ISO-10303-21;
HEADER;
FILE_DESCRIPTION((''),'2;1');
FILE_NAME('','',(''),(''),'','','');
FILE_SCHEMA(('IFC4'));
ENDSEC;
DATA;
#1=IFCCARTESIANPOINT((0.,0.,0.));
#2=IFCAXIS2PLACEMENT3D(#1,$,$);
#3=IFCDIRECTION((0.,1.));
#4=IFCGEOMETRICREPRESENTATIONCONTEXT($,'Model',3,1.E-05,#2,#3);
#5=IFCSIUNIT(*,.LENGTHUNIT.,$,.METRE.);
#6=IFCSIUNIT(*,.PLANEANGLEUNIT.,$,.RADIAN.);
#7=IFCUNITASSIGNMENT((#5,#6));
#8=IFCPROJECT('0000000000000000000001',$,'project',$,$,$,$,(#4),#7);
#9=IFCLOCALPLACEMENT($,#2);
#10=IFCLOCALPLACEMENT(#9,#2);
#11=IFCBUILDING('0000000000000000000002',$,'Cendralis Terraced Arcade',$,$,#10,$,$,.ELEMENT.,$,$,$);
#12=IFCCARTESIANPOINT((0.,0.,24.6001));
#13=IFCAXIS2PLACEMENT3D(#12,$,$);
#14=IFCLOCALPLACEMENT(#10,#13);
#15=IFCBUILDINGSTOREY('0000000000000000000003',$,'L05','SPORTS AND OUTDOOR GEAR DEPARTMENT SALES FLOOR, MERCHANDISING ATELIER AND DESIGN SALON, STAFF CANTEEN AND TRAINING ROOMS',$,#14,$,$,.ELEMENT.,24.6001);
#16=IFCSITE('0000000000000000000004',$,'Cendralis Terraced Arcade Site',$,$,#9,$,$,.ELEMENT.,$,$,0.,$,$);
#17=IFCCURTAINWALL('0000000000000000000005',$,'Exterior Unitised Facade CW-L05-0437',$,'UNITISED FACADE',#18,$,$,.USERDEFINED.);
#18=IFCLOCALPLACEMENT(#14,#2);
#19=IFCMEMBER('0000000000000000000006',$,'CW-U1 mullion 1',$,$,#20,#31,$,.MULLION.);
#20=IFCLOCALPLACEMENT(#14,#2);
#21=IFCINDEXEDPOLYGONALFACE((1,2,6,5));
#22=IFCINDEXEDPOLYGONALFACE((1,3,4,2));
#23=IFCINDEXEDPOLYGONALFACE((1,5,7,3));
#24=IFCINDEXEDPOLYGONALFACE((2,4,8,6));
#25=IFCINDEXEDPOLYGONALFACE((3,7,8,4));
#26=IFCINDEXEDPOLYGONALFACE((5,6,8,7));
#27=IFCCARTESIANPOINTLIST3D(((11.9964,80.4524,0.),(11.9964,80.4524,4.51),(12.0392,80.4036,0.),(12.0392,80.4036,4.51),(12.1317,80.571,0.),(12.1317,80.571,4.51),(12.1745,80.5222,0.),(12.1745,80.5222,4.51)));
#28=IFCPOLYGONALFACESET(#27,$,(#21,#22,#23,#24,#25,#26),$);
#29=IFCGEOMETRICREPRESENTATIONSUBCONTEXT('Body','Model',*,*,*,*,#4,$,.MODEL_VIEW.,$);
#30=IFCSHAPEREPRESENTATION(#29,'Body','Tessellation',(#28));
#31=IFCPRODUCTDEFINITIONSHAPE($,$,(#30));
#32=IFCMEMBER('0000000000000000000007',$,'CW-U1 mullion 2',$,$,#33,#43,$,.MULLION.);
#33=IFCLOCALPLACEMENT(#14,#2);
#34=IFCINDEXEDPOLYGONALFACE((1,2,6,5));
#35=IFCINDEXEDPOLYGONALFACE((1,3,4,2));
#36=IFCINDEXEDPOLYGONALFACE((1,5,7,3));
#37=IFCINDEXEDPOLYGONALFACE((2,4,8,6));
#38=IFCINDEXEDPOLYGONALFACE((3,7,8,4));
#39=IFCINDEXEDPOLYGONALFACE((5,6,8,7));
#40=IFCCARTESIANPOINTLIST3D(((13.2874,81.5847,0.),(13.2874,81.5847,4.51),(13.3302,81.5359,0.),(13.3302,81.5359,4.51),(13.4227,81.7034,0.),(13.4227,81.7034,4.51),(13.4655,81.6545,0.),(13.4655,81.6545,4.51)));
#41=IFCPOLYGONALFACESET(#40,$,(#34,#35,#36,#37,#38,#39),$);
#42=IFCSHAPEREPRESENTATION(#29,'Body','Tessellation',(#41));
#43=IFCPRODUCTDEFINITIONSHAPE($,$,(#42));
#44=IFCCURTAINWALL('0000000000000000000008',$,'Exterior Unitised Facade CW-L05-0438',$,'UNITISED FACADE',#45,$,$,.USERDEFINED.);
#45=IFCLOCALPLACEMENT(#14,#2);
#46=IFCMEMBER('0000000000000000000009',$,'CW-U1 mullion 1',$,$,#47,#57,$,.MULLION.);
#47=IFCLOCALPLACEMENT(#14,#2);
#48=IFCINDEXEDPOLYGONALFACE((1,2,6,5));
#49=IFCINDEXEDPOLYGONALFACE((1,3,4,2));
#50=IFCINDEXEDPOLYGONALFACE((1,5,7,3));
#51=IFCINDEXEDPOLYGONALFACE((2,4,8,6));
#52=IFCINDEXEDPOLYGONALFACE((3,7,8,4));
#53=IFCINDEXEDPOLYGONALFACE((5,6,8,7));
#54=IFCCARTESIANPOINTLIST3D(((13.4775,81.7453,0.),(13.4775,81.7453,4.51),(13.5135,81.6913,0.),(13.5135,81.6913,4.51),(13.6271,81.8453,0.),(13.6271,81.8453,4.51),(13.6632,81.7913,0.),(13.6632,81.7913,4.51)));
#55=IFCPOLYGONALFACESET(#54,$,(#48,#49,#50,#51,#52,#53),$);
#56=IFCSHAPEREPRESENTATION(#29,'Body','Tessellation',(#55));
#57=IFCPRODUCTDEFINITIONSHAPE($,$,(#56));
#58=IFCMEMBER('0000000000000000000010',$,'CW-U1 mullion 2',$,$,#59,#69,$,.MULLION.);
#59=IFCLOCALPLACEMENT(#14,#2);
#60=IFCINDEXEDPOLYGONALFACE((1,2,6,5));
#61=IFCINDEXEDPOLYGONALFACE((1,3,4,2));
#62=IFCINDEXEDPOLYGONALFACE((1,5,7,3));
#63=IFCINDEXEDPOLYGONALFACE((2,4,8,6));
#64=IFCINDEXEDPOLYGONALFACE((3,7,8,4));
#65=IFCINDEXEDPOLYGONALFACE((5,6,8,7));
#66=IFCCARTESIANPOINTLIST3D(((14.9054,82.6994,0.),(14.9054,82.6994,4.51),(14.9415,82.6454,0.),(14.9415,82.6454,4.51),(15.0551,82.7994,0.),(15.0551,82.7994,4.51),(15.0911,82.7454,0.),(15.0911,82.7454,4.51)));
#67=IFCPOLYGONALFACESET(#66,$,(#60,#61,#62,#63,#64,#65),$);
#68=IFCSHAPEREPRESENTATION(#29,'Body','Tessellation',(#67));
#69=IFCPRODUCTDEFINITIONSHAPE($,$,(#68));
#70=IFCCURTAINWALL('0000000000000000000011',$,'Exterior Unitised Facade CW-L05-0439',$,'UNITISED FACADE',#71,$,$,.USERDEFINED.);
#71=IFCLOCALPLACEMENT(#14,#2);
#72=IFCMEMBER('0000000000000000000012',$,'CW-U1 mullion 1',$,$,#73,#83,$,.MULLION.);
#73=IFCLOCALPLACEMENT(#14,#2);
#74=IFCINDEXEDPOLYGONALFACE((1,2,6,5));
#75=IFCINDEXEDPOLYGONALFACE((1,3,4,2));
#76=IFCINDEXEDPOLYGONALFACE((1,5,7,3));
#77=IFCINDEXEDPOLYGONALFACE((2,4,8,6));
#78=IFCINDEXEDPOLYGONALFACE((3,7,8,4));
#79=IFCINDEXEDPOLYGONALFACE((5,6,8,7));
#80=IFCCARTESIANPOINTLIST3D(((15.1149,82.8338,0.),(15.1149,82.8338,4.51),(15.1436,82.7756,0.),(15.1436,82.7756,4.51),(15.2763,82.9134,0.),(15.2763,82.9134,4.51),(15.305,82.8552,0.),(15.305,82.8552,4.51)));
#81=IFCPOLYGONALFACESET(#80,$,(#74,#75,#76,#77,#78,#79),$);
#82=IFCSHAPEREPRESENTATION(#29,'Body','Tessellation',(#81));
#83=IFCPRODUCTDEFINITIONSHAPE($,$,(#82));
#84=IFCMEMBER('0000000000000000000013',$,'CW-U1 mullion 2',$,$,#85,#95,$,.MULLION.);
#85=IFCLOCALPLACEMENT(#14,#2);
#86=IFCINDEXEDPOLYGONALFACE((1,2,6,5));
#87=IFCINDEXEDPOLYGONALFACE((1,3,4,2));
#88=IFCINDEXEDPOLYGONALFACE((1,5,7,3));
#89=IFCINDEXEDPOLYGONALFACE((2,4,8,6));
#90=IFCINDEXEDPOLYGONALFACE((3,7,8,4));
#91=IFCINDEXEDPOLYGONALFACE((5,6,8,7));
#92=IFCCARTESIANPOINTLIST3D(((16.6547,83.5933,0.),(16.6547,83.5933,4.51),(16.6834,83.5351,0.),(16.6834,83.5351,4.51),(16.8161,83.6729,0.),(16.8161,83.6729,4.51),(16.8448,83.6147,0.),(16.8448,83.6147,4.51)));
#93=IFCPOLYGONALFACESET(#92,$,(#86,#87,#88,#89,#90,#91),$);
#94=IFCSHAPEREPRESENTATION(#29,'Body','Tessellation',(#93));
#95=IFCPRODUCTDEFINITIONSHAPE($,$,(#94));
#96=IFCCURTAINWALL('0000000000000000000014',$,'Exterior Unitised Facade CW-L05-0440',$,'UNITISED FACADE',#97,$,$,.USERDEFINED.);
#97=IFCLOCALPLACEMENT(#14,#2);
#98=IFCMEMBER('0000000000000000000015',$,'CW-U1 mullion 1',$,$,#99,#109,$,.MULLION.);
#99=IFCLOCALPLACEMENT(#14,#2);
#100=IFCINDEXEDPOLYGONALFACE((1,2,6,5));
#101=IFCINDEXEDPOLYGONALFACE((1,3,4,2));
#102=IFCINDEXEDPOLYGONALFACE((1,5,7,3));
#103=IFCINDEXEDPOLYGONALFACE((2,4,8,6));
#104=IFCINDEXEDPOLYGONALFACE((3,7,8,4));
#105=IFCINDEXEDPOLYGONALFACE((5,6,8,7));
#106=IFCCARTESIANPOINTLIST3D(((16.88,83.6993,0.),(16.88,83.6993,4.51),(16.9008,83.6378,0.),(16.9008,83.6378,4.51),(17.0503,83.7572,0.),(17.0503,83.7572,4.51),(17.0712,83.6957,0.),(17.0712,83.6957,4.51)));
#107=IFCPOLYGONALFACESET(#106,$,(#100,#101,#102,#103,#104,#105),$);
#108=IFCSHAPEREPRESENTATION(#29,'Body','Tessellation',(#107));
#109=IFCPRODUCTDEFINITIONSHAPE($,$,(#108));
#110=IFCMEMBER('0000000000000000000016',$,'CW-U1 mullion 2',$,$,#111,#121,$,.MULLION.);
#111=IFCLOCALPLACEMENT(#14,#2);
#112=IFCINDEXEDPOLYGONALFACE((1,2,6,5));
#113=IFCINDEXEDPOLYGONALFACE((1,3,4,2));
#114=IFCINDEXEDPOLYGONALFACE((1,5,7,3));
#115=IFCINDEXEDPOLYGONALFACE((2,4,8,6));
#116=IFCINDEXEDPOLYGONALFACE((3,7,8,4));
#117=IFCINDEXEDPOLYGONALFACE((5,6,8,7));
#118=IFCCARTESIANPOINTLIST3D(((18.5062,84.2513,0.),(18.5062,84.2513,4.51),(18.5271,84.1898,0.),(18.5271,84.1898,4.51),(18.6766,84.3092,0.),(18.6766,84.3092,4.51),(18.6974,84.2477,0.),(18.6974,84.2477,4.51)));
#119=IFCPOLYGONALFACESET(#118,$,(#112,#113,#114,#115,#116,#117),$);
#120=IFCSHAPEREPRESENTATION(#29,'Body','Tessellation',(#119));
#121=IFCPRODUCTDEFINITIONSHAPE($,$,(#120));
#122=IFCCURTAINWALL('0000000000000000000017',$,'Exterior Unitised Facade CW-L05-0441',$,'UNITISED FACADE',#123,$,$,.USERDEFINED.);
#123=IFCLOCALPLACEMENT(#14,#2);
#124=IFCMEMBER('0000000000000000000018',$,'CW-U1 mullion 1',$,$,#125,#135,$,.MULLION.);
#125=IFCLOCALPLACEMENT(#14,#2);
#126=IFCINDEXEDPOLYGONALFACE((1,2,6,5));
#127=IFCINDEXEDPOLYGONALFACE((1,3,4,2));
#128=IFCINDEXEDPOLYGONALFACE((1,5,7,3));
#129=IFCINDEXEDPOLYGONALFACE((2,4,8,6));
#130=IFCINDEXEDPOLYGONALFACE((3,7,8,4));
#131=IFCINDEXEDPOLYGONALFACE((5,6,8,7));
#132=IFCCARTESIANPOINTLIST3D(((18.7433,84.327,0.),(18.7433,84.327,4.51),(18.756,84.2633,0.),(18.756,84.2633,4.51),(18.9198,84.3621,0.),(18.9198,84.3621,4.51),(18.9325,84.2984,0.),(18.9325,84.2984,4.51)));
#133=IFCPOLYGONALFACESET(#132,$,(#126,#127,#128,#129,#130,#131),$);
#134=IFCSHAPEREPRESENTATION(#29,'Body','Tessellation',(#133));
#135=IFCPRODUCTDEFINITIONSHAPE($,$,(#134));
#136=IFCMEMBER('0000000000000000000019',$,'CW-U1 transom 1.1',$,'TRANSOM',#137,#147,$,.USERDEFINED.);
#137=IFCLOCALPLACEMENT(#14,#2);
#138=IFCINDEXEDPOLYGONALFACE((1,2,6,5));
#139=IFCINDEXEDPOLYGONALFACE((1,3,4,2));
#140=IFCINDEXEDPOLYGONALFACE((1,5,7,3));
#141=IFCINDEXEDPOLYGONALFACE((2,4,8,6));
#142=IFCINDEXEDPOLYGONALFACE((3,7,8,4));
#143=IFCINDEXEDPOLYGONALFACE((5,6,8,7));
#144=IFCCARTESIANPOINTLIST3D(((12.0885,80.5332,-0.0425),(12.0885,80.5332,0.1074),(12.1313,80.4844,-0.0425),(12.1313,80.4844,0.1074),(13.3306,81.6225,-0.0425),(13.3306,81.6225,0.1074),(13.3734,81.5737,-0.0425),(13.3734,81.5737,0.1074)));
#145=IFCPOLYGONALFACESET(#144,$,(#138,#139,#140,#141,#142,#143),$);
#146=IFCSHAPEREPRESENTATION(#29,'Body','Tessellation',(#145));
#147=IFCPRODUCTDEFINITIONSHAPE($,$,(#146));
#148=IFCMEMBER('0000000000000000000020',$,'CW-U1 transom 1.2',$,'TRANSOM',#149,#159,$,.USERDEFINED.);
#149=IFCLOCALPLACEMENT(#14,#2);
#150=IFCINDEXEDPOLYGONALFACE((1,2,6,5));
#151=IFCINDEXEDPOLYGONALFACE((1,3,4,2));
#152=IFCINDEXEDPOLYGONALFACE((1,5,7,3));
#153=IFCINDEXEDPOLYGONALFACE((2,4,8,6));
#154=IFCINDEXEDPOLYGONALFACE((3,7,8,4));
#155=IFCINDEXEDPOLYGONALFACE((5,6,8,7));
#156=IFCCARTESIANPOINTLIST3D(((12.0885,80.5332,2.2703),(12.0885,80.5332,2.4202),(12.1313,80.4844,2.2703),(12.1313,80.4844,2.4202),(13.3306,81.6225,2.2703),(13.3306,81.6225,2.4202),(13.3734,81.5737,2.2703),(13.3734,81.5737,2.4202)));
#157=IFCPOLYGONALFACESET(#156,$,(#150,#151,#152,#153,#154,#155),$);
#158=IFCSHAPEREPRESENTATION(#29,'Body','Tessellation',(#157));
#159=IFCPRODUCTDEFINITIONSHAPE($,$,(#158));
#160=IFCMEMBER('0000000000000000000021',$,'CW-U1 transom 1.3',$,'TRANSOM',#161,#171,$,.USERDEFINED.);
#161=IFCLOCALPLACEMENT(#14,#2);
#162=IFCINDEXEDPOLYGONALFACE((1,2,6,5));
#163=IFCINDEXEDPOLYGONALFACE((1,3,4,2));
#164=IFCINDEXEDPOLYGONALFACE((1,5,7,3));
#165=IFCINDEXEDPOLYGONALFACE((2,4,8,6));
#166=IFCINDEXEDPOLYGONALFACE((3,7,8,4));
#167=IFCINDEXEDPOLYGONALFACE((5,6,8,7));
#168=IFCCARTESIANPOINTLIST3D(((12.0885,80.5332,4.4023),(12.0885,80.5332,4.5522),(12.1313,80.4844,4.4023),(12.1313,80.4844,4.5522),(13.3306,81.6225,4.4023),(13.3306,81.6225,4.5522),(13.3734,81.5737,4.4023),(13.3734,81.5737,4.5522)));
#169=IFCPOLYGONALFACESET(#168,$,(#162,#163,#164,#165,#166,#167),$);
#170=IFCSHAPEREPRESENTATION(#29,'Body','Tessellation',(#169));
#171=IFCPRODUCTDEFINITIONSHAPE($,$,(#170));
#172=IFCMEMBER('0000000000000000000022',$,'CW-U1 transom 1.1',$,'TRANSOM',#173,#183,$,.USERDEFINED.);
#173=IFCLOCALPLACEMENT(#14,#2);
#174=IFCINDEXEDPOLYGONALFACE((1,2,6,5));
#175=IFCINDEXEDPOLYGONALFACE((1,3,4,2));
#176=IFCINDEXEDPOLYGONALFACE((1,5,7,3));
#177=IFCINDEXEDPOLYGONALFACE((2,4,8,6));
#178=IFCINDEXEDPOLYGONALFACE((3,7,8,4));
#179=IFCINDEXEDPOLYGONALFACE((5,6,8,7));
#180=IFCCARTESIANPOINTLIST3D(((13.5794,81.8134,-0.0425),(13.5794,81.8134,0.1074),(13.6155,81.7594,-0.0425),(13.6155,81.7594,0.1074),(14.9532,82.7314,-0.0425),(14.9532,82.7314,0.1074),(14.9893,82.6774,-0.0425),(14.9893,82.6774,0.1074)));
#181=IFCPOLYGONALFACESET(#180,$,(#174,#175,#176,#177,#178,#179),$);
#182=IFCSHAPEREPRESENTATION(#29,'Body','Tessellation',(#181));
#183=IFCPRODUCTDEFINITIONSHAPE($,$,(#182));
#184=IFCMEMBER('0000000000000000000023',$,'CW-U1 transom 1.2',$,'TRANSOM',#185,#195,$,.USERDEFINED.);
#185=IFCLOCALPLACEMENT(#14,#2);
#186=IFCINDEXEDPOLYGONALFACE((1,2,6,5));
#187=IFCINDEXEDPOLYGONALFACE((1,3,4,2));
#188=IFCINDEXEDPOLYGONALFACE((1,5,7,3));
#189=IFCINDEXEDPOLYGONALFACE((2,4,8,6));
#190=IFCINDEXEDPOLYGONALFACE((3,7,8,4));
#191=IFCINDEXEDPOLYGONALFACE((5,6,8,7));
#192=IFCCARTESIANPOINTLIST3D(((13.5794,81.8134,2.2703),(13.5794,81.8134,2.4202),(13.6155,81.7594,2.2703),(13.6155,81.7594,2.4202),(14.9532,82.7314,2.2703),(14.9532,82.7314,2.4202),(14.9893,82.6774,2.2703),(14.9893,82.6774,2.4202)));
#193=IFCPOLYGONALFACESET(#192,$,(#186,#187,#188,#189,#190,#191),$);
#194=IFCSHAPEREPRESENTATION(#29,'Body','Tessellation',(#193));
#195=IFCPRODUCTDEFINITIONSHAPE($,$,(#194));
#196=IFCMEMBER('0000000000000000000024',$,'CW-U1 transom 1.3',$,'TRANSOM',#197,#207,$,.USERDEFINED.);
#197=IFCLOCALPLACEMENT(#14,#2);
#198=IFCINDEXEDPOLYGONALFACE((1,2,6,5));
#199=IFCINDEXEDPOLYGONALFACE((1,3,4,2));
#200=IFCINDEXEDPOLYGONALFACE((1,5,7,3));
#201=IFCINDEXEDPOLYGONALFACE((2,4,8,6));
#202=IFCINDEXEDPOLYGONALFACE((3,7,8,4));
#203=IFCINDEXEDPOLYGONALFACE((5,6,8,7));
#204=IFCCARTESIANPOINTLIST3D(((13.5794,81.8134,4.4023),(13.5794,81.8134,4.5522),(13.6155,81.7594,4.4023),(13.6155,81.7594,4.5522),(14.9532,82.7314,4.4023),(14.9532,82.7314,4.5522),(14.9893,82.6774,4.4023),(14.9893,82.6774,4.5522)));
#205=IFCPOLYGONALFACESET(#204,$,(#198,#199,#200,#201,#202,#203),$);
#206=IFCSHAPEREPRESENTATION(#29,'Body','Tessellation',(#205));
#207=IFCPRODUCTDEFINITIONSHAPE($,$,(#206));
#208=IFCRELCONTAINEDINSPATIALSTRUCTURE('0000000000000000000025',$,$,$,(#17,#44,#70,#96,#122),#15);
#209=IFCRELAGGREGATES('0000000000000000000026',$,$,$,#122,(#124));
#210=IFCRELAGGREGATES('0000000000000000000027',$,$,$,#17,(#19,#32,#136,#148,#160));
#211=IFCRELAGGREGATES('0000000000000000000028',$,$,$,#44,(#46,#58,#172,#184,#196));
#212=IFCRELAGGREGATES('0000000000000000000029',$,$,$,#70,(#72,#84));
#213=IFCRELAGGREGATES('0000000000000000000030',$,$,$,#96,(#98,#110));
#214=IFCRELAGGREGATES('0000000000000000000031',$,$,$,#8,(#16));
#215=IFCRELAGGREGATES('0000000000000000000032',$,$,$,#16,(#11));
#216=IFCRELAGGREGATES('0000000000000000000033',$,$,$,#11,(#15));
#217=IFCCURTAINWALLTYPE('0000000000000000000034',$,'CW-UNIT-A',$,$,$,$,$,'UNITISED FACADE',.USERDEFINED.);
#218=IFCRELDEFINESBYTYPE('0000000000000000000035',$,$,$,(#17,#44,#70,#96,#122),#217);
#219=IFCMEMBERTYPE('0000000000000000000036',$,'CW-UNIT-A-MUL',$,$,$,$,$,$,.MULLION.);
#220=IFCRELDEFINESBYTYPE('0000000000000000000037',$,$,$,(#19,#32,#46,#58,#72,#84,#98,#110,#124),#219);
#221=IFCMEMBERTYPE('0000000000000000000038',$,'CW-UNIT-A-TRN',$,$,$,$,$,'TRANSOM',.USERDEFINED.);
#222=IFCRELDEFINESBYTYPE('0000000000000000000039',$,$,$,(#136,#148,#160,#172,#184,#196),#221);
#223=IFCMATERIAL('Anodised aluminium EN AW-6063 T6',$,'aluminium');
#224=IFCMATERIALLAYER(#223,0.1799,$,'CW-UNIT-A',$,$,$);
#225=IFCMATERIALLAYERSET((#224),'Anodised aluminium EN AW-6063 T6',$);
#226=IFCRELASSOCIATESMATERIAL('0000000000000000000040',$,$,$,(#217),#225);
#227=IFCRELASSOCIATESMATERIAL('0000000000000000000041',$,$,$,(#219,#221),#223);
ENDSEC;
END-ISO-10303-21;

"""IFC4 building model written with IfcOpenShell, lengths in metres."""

from ifc_helpers import new_model, si_unit, direction, frame, origin, origin_2d, place, context, subcontext, project, spatial, rectangle, extrude, material, layer, layer_set, material_profile, profile_set, type_object, element, aggregate, save


model = new_model("IFC4")

# Units and contexts
model_context = context("Model", 3, precision=1e-05, world=origin(), true_north=direction((0.0, 1.0)))
body_context = subcontext(model_context, "Body", "Model", "MODEL_VIEW")
ifc_project = project(units=[si_unit("LENGTHUNIT", "METRE"), si_unit("PLANEANGLEUNIT", "RADIAN")], contexts=[model_context])

# Site, building, storey
site_placement = place(None, origin())
site = spatial("IfcSite", under=ifc_project, at=site_placement, Name="Cendralis Terraced Arcade Site", CompositionType="ELEMENT", RefElevation=0.0)
building_placement = place(site_placement, origin())
building = spatial("IfcBuilding", under=site, at=building_placement, Name="Cendralis Terraced Arcade", CompositionType="ELEMENT")
storey_placement = place(building_placement, frame((0.0, 0.0, 24.6001)))
storey = spatial("IfcBuildingStorey", under=building, at=storey_placement, Name="L05", Description="SPORTS AND OUTDOOR GEAR DEPARTMENT SALES FLOOR, MERCHANDISING ATELIER AND DESIGN SALON, STAFF CANTEEN AND TRAINING ROOMS", CompositionType="ELEMENT", Elevation=24.6001)

# Curtain walls, members
ifc_material_1 = material(Name="Anodised aluminium EN AW-6063 T6", Category="aluminium")
ifc_layer_1 = layer(ifc_material_1, 0.1799, Name="CW-UNIT-A")
ifc_layer_set_1 = layer_set([ifc_layer_1], Name="Anodised aluminium EN AW-6063 T6")
curtain_wall_type = type_object("IfcCurtainWallType", Name="CW-UNIT-A", ElementType="UNITISED FACADE", PredefinedType="USERDEFINED", material=ifc_layer_set_1)
curtain_wall_1_placement = place(storey_placement, origin())
curtain_wall_1 = element("IfcCurtainWall", 1, at=curtain_wall_1_placement, inside=storey, type_object=curtain_wall_type, Name="Exterior Unitised Facade CW-L05-0437", ObjectType="UNITISED FACADE", PredefinedType="USERDEFINED")
ifc_material_profile_1 = material_profile(ifc_material_1, rectangle(XDim=0.0649, YDim=0.1799, at=origin_2d()), Name="ALU-MUL-65x180")
ifc_profile_set_1 = profile_set([ifc_material_profile_1], Name="Anodised aluminium EN AW-6063 T6")
member_type_1 = type_object("IfcMemberType", Name="CW-UNIT-A-MUL", PredefinedType="MULLION", material=ifc_profile_set_1)
member_1_placement = place(storey_placement, frame((12.0854, 80.4873, 0.0), z_axis=(0.0, 0.0, 1.0), x_axis=(-0.659386, 0.751804, 0.0)))
member_1 = element("IfcMember", 2, at=member_1_placement, type_object=member_type_1, Name="CW-U1 mullion 1", PredefinedType="MULLION", context=body_context, shape_type="SweptSolid", body=[
    extrude(rectangle(XDim=0.0649, YDim=0.1799, at=origin_2d()), origin(), (0.0, 0.0, 1.0), 4.51),
])
member_2_placement = place(storey_placement, frame((13.3765, 81.6196, 0.0), z_axis=(0.0, 0.0, 1.0), x_axis=(-0.659386, 0.751804, 0.0)))
member_2 = element("IfcMember", 3, at=member_2_placement, type_object=member_type_1, Name="CW-U1 mullion 2", PredefinedType="MULLION", context=body_context, shape_type="SweptSolid", body=[
    extrude(rectangle(XDim=0.0649, YDim=0.1799, at=origin_2d()), origin(), (0.0, 0.0, 1.0), 4.51),
])
curtain_wall_2_placement = place(storey_placement, origin())
curtain_wall_2 = element("IfcCurtainWall", 4, at=curtain_wall_2_placement, inside=storey, type_object=curtain_wall_type, Name="Exterior Unitised Facade CW-L05-0438", ObjectType="UNITISED FACADE", PredefinedType="USERDEFINED")
member_3_placement = place(storey_placement, frame((13.5703, 81.7683, 0.0), z_axis=(0.0, 0.0, 1.0), x_axis=(-0.555567, 0.831471, 0.0)))
member_3 = element("IfcMember", 5, at=member_3_placement, type_object=member_type_1, Name="CW-U1 mullion 1", PredefinedType="MULLION", context=body_context, shape_type="SweptSolid", body=[
    extrude(rectangle(XDim=0.0649, YDim=0.1799, at=origin_2d()), origin(), (0.0, 0.0, 1.0), 4.51),
])
member_4_placement = place(storey_placement, frame((14.9983, 82.7224, 0.0), z_axis=(0.0, 0.0, 1.0), x_axis=(-0.555567, 0.831471, 0.0)))
member_4 = element("IfcMember", 6, at=member_4_placement, type_object=member_type_1, Name="CW-U1 mullion 2", PredefinedType="MULLION", context=body_context, shape_type="SweptSolid", body=[
    extrude(rectangle(XDim=0.0649, YDim=0.1799, at=origin_2d()), origin(), (0.0, 0.0, 1.0), 4.51),
])
curtain_wall_3_placement = place(storey_placement, origin())
curtain_wall_3 = element("IfcCurtainWall", 7, at=curtain_wall_3_placement, inside=storey, type_object=curtain_wall_type, Name="Exterior Unitised Facade CW-L05-0439", ObjectType="UNITISED FACADE", PredefinedType="USERDEFINED")
member_5_placement = place(storey_placement, frame((15.21, 82.8445, 0.0), z_axis=(0.0, 0.0, 1.0), x_axis=(-0.442291, 0.896871, 0.0)))
member_5 = element("IfcMember", 8, at=member_5_placement, type_object=member_type_1, Name="CW-U1 mullion 1", PredefinedType="MULLION", context=body_context, shape_type="SweptSolid", body=[
    extrude(rectangle(XDim=0.0649, YDim=0.1799, at=origin_2d()), origin(), (0.0, 0.0, 1.0), 4.51),
])
member_6_placement = place(storey_placement, frame((16.7498, 83.604, 0.0), z_axis=(0.0, 0.0, 1.0), x_axis=(-0.442291, 0.896871, 0.0)))
member_6 = element("IfcMember", 9, at=member_6_placement, type_object=member_type_1, Name="CW-U1 mullion 2", PredefinedType="MULLION", context=body_context, shape_type="SweptSolid", body=[
    extrude(rectangle(XDim=0.0649, YDim=0.1799, at=origin_2d()), origin(), (0.0, 0.0, 1.0), 4.51),
])
curtain_wall_4_placement = place(storey_placement, origin())
curtain_wall_4 = element("IfcCurtainWall", 10, at=curtain_wall_4_placement, inside=storey, type_object=curtain_wall_type, Name="Exterior Unitised Facade CW-L05-0440", ObjectType="UNITISED FACADE", PredefinedType="USERDEFINED")
member_7_placement = place(storey_placement, frame((16.9756, 83.6975, 0.0), z_axis=(0.0, 0.0, 1.0), x_axis=(-0.321458, 0.946924, 0.0)))
member_7 = element("IfcMember", 11, at=member_7_placement, type_object=member_type_1, Name="CW-U1 mullion 1", PredefinedType="MULLION", context=body_context, shape_type="SweptSolid", body=[
    extrude(rectangle(XDim=0.0649, YDim=0.1799, at=origin_2d()), origin(), (0.0, 0.0, 1.0), 4.51),
])
member_8_placement = place(storey_placement, frame((18.6018, 84.2495, 0.0), z_axis=(0.0, 0.0, 1.0), x_axis=(-0.321458, 0.946924, 0.0)))
member_8 = element("IfcMember", 12, at=member_8_placement, type_object=member_type_1, Name="CW-U1 mullion 2", PredefinedType="MULLION", context=body_context, shape_type="SweptSolid", body=[
    extrude(rectangle(XDim=0.0649, YDim=0.1799, at=origin_2d()), origin(), (0.0, 0.0, 1.0), 4.51),
])

# Curtain wall, member
curtain_wall_5_placement = place(storey_placement, origin())
curtain_wall_5 = element("IfcCurtainWall", 13, at=curtain_wall_5_placement, inside=storey, type_object=curtain_wall_type, Name="Exterior Unitised Facade CW-L05-0441", ObjectType="UNITISED FACADE", PredefinedType="USERDEFINED")
member_9_placement = place(storey_placement, frame((18.8379, 84.3127, 0.0), z_axis=(0.0, 0.0, 1.0), x_axis=(-0.195058, 0.980792, 0.0)))
member_9 = element("IfcMember", 14, at=member_9_placement, type_object=member_type_1, Name="CW-U1 mullion 1", PredefinedType="MULLION", context=body_context, shape_type="SweptSolid", body=[
    extrude(rectangle(XDim=0.0649, YDim=0.1799, at=origin_2d()), origin(), (0.0, 0.0, 1.0), 4.51),
])

# Members
ifc_material_profile_2 = material_profile(ifc_material_1, rectangle(XDim=0.0649, YDim=0.1499, at=origin_2d()), Name="ALU-TRN-65x150")
ifc_profile_set_2 = profile_set([ifc_material_profile_2], Name="Anodised aluminium EN AW-6063 T6")
member_type_2 = type_object("IfcMemberType", Name="CW-UNIT-A-TRN", ElementType="TRANSOM", PredefinedType="USERDEFINED", material=ifc_profile_set_2)
member_10_placement = place(storey_placement, frame((12.1099, 80.5088, 0.0325), z_axis=(0.751844, 0.659341, 0.0), x_axis=(-0.659341, 0.751844, 0.0)))
member_10 = element("IfcMember", 15, at=member_10_placement, type_object=member_type_2, Name="CW-U1 transom 1.1", ObjectType="TRANSOM", PredefinedType="USERDEFINED", context=body_context, shape_type="SweptSolid", body=[
    extrude(rectangle(XDim=0.0649, YDim=0.1499, at=origin_2d()), origin(), (0.0, 0.0, 1.0), 1.6521),
])
member_11_placement = place(storey_placement, frame((12.1099, 80.5088, 2.3452), z_axis=(0.751844, 0.659341, 0.0), x_axis=(-0.659341, 0.751844, 0.0)))
member_11 = element("IfcMember", 16, at=member_11_placement, type_object=member_type_2, Name="CW-U1 transom 1.2", ObjectType="TRANSOM", PredefinedType="USERDEFINED", context=body_context, shape_type="SweptSolid", body=[
    extrude(rectangle(XDim=0.0649, YDim=0.1499, at=origin_2d()), origin(), (0.0, 0.0, 1.0), 1.6521),
])
member_12_placement = place(storey_placement, frame((12.1099, 80.5088, 4.4773), z_axis=(0.751844, 0.659341, 0.0), x_axis=(-0.659341, 0.751844, 0.0)))
member_12 = element("IfcMember", 17, at=member_12_placement, type_object=member_type_2, Name="CW-U1 transom 1.3", ObjectType="TRANSOM", PredefinedType="USERDEFINED", context=body_context, shape_type="SweptSolid", body=[
    extrude(rectangle(XDim=0.0649, YDim=0.1499, at=origin_2d()), origin(), (0.0, 0.0, 1.0), 1.6521),
])
member_13_placement = place(storey_placement, frame((13.5974, 81.7864, 0.0325), z_axis=(0.831459, 0.555586, 0.0), x_axis=(-0.555586, 0.831459, 0.0)))
member_13 = element("IfcMember", 18, at=member_13_placement, type_object=member_type_2, Name="CW-U1 transom 1.1", ObjectType="TRANSOM", PredefinedType="USERDEFINED", context=body_context, shape_type="SweptSolid", body=[
    extrude(rectangle(XDim=0.0649, YDim=0.1499, at=origin_2d()), origin(), (0.0, 0.0, 1.0), 1.6523),
])
member_14_placement = place(storey_placement, frame((13.5974, 81.7864, 2.3452), z_axis=(0.831459, 0.555586, 0.0), x_axis=(-0.555586, 0.831459, 0.0)))
member_14 = element("IfcMember", 19, at=member_14_placement, type_object=member_type_2, Name="CW-U1 transom 1.2", ObjectType="TRANSOM", PredefinedType="USERDEFINED", context=body_context, shape_type="SweptSolid", body=[
    extrude(rectangle(XDim=0.0649, YDim=0.1499, at=origin_2d()), origin(), (0.0, 0.0, 1.0), 1.6523),
])
member_15_placement = place(storey_placement, frame((13.5974, 81.7864, 4.4773), z_axis=(0.831459, 0.555586, 0.0), x_axis=(-0.555586, 0.831459, 0.0)))
member_15 = element("IfcMember", 20, at=member_15_placement, type_object=member_type_2, Name="CW-U1 transom 1.3", ObjectType="TRANSOM", PredefinedType="USERDEFINED", context=body_context, shape_type="SweptSolid", body=[
    extrude(rectangle(XDim=0.0649, YDim=0.1499, at=origin_2d()), origin(), (0.0, 0.0, 1.0), 1.6523),
])
aggregate(curtain_wall_5, [member_9])

aggregate(curtain_wall_1, [member_1, member_2, member_10, member_11, member_12])
aggregate(curtain_wall_2, [member_3, member_4, member_13, member_14, member_15])
aggregate(curtain_wall_3, [member_5, member_6])
aggregate(curtain_wall_4, [member_7, member_8])

save(model, "model.ifc")
